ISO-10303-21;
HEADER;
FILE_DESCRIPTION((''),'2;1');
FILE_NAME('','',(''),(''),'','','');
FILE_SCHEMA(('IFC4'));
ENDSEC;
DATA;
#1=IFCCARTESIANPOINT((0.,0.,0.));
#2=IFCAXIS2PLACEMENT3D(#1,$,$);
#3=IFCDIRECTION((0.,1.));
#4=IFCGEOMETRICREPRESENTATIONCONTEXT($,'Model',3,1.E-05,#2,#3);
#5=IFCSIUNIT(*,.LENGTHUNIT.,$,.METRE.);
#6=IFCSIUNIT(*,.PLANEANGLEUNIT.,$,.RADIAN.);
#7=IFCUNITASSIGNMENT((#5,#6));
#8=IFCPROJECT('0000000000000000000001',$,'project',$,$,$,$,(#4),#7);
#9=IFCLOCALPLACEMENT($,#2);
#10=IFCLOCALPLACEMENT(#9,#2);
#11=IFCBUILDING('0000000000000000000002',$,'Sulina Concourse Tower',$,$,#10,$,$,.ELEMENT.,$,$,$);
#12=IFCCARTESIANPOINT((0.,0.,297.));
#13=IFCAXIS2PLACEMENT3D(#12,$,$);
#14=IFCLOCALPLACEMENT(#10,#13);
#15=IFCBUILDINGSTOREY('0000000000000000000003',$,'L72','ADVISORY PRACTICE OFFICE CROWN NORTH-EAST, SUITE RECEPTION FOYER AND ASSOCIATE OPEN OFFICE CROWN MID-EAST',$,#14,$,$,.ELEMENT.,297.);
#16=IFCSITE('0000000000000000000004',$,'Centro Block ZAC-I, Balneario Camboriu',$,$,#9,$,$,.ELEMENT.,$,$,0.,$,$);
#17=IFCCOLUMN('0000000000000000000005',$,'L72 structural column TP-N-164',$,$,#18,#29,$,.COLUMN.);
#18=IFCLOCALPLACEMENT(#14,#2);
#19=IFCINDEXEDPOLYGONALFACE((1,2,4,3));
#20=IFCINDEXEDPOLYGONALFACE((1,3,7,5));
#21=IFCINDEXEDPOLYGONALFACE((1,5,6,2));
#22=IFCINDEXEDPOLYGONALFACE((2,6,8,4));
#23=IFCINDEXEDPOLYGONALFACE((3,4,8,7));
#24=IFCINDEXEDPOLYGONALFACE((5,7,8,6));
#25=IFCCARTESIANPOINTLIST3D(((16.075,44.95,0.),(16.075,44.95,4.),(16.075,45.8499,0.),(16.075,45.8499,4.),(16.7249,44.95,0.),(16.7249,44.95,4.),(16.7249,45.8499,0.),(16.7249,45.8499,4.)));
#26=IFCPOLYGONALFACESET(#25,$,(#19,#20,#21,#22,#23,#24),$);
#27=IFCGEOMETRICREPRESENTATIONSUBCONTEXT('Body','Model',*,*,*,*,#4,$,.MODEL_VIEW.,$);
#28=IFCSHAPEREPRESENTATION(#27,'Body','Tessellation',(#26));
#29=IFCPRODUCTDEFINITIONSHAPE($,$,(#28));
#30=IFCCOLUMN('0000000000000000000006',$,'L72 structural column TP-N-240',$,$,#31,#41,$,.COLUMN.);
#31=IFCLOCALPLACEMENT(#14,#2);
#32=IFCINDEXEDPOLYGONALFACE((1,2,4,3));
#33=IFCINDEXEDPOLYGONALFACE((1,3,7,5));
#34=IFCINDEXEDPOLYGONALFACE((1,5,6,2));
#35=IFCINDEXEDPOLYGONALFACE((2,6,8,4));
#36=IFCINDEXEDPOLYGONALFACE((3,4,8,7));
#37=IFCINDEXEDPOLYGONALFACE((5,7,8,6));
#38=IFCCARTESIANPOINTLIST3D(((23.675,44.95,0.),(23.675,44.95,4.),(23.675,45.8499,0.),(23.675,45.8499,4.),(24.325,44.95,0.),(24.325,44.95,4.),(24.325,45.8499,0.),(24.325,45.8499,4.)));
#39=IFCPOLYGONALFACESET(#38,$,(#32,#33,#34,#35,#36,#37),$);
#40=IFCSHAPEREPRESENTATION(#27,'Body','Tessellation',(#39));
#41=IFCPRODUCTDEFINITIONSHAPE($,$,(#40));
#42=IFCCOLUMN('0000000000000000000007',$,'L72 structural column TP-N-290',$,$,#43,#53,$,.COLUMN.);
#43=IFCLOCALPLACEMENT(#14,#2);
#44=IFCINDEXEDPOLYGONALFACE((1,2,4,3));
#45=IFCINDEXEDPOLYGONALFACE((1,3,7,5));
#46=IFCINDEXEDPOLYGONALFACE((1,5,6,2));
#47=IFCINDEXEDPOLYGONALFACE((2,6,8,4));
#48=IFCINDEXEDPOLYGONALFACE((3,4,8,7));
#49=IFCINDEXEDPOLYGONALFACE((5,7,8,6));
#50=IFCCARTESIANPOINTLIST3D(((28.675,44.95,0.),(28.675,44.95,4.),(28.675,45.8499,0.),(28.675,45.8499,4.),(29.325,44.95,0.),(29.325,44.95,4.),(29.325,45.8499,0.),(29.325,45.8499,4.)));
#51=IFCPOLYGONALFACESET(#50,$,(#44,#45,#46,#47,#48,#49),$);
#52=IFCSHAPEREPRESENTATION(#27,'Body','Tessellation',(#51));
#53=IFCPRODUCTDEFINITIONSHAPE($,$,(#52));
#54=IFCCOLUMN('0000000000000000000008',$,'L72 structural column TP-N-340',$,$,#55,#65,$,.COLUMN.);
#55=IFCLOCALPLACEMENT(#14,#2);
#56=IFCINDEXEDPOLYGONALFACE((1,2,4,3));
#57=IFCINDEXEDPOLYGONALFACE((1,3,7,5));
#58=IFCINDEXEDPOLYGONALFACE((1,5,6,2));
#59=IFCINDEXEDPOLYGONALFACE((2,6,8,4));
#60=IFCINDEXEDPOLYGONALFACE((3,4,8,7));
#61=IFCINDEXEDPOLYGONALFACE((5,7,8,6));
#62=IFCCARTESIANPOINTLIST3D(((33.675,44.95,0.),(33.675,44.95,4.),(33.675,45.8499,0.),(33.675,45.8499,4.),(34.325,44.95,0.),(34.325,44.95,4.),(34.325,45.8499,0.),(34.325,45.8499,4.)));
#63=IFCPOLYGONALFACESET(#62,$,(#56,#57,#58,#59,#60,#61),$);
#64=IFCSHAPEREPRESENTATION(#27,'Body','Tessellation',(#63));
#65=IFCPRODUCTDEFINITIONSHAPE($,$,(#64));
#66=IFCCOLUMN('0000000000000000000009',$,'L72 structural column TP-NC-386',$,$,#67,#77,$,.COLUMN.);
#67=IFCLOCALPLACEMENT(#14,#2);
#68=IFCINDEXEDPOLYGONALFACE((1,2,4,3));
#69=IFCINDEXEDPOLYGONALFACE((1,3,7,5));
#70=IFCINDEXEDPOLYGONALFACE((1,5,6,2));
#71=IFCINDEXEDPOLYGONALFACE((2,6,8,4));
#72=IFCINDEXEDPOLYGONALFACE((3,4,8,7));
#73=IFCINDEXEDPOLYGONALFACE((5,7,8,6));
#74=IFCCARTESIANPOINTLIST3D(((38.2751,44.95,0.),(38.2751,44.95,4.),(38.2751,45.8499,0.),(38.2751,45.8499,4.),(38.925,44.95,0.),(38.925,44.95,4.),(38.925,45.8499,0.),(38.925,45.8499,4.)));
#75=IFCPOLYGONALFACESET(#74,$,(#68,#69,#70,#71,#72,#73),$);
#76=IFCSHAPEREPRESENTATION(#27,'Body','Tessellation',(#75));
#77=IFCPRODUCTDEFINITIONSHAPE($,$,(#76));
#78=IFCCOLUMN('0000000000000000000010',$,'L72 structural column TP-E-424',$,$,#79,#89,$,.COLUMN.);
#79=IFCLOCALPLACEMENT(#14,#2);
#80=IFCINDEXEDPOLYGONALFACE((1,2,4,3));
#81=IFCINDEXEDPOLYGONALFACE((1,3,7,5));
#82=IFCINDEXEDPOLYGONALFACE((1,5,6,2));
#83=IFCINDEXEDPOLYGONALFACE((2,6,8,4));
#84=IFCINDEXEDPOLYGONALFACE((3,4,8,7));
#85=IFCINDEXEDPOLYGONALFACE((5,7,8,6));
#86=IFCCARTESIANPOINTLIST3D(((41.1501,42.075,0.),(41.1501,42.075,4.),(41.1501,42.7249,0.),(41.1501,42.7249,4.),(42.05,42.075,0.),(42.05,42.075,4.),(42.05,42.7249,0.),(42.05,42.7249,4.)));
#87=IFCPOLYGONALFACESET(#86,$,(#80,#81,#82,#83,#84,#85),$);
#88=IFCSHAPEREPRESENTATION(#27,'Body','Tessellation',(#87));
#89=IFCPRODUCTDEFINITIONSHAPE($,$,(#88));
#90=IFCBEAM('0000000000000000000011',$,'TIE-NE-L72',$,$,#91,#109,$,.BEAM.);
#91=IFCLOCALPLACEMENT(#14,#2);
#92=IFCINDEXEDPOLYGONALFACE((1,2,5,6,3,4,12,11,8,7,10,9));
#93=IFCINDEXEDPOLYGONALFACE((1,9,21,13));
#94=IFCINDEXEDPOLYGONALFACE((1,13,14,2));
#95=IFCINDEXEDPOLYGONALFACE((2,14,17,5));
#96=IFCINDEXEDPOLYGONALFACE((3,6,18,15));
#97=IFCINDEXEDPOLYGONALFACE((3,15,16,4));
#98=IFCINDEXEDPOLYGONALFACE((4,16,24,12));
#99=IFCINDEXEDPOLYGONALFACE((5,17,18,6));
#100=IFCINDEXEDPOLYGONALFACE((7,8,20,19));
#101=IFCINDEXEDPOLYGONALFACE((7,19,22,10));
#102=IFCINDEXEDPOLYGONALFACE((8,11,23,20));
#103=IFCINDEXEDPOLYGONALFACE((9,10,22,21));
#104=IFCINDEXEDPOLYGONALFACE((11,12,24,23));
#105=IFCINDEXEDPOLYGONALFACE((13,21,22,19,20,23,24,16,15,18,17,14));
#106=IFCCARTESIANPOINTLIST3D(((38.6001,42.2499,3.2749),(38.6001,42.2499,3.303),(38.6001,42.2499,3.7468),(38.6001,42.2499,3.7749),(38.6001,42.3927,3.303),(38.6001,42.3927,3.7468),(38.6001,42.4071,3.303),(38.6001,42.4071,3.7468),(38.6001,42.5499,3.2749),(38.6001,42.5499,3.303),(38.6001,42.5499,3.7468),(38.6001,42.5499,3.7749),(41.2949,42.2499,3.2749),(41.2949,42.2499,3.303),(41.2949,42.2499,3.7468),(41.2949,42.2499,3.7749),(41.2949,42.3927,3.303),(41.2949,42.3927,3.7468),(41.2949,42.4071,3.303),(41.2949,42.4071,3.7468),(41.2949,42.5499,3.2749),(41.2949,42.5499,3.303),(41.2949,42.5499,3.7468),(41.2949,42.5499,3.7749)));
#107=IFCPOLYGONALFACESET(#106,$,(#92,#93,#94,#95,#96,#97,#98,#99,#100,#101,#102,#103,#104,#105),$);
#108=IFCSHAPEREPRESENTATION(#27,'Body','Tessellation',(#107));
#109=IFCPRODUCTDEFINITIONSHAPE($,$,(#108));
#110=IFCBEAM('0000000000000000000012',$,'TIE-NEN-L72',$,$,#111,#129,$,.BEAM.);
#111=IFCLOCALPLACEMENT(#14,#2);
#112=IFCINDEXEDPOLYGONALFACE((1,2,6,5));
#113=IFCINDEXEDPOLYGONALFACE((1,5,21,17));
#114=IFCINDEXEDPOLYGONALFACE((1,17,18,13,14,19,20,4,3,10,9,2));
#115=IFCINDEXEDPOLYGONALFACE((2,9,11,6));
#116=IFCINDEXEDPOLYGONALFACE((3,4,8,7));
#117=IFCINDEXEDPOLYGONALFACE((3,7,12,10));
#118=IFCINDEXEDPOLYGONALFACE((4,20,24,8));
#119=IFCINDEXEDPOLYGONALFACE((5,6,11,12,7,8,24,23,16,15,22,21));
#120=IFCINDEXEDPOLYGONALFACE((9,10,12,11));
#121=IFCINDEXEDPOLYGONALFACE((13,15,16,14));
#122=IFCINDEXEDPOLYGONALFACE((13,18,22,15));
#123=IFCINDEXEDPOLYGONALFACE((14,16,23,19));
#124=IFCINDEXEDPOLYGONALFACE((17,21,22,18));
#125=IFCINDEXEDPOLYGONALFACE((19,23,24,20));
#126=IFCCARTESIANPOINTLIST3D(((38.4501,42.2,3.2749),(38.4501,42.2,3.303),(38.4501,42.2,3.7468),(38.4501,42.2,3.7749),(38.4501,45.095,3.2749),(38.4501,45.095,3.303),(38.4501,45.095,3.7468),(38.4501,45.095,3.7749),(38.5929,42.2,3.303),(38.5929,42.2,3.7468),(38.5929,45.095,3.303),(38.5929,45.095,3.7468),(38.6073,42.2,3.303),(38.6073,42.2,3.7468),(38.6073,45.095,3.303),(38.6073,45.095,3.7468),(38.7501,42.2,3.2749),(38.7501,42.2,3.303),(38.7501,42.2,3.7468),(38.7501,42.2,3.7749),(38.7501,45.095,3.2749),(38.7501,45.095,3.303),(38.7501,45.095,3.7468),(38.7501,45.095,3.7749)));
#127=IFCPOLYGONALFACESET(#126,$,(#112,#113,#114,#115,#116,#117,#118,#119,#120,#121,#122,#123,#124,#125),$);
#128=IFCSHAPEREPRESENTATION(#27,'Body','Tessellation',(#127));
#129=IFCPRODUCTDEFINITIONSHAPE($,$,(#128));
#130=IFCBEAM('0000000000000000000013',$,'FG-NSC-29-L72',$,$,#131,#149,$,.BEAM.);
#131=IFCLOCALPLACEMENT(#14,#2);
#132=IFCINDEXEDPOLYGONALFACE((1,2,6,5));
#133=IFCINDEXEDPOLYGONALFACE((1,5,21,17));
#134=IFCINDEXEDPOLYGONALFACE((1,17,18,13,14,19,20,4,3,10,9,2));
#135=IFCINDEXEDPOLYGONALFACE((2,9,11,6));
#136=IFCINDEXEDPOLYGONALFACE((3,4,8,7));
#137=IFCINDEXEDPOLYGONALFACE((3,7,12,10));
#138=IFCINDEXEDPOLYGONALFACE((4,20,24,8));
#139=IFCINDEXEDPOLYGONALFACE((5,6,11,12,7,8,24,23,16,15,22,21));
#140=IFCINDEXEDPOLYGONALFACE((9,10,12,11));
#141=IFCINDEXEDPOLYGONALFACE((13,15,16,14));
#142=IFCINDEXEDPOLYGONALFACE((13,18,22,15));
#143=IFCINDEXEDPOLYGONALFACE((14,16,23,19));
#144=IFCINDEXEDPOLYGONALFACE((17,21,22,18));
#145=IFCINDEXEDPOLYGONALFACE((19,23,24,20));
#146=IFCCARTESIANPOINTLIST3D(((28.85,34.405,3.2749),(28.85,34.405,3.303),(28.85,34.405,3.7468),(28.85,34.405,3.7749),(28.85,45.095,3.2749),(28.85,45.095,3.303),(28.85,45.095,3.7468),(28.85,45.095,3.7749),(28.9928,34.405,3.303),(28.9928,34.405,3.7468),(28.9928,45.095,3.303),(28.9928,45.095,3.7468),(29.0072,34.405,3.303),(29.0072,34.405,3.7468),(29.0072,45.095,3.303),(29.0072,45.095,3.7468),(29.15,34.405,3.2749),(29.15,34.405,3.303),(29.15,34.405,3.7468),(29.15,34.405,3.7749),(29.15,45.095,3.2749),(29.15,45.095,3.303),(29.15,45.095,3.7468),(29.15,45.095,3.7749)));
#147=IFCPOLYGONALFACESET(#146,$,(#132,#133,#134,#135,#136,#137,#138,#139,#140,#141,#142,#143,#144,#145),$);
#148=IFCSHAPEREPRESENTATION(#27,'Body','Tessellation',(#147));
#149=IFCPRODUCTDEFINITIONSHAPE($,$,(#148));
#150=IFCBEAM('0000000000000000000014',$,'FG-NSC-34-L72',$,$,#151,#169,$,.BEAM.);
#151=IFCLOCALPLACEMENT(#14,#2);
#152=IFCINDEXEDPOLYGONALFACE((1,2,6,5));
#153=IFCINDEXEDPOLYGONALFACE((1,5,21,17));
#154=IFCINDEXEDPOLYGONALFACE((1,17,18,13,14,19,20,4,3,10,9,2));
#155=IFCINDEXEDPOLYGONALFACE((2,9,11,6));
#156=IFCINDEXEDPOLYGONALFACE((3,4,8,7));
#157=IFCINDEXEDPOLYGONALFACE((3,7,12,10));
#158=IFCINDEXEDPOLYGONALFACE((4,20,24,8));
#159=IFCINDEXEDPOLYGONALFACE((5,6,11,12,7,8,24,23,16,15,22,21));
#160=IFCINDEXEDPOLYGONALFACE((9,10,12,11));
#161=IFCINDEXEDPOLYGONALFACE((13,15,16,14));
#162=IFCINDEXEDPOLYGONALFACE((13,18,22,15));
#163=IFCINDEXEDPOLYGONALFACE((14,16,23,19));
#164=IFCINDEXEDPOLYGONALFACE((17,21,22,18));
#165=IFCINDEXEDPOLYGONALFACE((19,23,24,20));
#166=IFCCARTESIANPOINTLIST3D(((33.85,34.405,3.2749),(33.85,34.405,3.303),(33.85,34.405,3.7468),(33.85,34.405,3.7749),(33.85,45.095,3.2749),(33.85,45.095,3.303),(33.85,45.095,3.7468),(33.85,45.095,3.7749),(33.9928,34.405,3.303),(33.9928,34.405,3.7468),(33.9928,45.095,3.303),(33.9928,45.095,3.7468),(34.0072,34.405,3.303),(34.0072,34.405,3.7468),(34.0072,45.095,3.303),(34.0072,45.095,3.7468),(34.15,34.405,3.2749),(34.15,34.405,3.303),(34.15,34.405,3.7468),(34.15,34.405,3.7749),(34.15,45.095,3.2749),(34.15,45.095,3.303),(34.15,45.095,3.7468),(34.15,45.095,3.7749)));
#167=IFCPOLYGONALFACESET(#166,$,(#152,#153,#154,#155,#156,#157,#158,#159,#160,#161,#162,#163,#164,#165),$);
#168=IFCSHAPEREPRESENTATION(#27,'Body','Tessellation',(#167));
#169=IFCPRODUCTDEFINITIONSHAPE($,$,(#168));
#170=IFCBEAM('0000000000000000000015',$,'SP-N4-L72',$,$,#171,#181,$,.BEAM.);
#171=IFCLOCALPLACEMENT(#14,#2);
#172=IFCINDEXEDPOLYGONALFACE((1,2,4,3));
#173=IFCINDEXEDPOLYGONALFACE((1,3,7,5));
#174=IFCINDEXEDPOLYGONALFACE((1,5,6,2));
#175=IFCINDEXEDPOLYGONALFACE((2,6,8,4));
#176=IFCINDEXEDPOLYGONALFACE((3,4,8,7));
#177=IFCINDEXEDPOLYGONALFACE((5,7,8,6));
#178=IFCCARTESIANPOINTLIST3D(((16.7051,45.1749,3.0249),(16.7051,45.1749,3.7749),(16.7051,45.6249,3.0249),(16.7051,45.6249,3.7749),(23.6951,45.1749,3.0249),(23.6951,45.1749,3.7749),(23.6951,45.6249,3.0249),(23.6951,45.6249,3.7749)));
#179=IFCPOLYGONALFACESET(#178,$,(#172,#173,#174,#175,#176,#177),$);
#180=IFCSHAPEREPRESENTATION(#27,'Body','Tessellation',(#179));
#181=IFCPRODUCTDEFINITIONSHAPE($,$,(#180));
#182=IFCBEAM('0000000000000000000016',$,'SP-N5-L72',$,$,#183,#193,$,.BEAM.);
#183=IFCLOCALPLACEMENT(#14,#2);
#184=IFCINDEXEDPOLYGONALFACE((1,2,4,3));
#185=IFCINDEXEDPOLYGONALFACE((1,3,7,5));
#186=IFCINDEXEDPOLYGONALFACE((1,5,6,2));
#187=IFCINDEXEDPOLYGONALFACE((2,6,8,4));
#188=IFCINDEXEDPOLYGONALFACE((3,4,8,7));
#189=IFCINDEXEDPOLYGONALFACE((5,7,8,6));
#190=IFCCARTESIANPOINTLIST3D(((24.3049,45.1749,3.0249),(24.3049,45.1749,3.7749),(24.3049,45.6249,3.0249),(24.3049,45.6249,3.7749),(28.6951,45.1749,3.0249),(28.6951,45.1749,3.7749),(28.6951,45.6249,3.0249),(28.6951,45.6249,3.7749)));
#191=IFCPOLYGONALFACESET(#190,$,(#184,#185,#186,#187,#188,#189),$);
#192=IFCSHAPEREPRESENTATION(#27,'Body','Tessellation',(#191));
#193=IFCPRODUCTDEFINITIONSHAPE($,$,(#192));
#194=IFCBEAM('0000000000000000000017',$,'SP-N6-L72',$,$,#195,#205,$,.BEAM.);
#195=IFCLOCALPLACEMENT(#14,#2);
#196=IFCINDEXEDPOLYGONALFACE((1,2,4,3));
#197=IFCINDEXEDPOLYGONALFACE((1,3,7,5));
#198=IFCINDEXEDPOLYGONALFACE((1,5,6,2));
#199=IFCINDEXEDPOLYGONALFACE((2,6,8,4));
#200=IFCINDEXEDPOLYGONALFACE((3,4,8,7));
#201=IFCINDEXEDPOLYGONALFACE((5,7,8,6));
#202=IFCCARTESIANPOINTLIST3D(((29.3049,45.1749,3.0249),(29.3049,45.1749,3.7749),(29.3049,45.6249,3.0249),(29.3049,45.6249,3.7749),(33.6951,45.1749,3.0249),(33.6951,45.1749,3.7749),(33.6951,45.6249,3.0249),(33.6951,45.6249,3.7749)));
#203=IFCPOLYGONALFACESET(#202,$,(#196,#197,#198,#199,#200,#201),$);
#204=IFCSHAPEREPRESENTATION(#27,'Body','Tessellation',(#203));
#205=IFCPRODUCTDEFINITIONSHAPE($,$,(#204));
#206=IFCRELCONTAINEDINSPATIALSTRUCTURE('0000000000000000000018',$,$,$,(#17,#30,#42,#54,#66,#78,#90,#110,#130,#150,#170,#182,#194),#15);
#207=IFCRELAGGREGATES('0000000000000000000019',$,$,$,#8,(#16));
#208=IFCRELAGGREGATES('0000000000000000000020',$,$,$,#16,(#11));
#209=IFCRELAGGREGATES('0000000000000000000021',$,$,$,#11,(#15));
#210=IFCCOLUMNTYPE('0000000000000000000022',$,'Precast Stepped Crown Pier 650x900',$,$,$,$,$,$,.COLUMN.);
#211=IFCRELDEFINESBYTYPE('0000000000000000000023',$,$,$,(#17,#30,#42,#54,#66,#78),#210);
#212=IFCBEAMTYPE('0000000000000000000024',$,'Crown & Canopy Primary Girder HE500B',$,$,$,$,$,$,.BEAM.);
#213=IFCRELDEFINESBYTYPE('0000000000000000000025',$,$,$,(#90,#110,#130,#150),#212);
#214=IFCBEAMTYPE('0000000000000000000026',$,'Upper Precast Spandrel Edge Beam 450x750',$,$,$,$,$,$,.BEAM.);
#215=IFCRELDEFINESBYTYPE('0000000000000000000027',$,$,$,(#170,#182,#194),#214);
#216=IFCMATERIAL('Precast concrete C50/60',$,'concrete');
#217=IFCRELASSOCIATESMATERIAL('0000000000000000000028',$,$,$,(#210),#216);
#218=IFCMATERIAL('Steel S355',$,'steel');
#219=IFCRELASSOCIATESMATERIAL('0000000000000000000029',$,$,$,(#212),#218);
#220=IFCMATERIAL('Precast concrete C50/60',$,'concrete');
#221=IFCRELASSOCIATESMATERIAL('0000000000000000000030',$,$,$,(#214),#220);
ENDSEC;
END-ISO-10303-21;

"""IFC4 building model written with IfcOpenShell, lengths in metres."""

from ifc_helpers import new_model, si_unit, direction, frame, origin, origin_2d, place, context, subcontext, project, spatial, rectangle, i_section, extrude, material, material_profile, profile_set, type_object, element, save


model = new_model("IFC4")

# Units and contexts
model_context = context("Model", 3, precision=1e-05, world=origin(), true_north=direction((0.0, 1.0)))
body_context = subcontext(model_context, "Body", "Model", "MODEL_VIEW")
ifc_project = project(units=[si_unit("LENGTHUNIT", "METRE"), si_unit("PLANEANGLEUNIT", "RADIAN")], contexts=[model_context])

# Site, building, storey
site_placement = place(None, origin())
site = spatial("IfcSite", under=ifc_project, at=site_placement, Name="Centro Block ZAC-I, Balneario Camboriu", CompositionType="ELEMENT", RefElevation=0.0)
building_placement = place(site_placement, origin())
building = spatial("IfcBuilding", under=site, at=building_placement, Name="Sulina Concourse Tower", CompositionType="ELEMENT")
storey_placement = place(building_placement, frame((0.0, 0.0, 297.0)))
storey = spatial("IfcBuildingStorey", under=building, at=storey_placement, Name="L72", Description="ADVISORY PRACTICE OFFICE CROWN NORTH-EAST, SUITE RECEPTION FOYER AND ASSOCIATE OPEN OFFICE CROWN MID-EAST", CompositionType="ELEMENT", Elevation=297.0)

# Columns
ifc_material_1 = material(Name="Precast concrete C50/60", Category="concrete")
ifc_material_profile_1 = material_profile(ifc_material_1, rectangle(XDim=0.6499, YDim=0.8999, at=origin_2d()), Name="PC 650x900")
ifc_profile_set_1 = profile_set([ifc_material_profile_1], Name="Precast concrete C50/60")
column_type = type_object("IfcColumnType", Name="Precast Stepped Crown Pier 650x900", PredefinedType="COLUMN", material=ifc_profile_set_1)
for number, where, z_axis, x_axis, name in (
    (1, (16.3999, 45.3999, 0.0), (0.0, 0.0, 1.0), (1.0, 0.0, 0.0), "L72 structural column TP-N-164"),
    (2, (24.0, 45.3999, 0.0), (0.0, 0.0, 1.0), (1.0, 0.0, 0.0), "L72 structural column TP-N-240"),
    (3, (29.0, 45.3999, 0.0), (0.0, 0.0, 1.0), (1.0, 0.0, 0.0), "L72 structural column TP-N-290"),
    (4, (34.0, 45.3999, 0.0), (0.0, 0.0, 1.0), (1.0, 0.0, 0.0), "L72 structural column TP-N-340"),
    (5, (38.6001, 45.3999, 0.0), (0.0, 0.0, 1.0), (1.0, 0.0, 0.0), "L72 structural column TP-NC-386"),
    (6, (41.6001, 42.3999, 0.0), (0.0, 0.0, 1.0), (0.0, 1.0, 0.0), "L72 structural column TP-E-424"),
):
    element("IfcColumn", number, at=place(storey_placement, frame(where, z_axis=z_axis, x_axis=x_axis)), inside=storey, type_object=column_type, Name=name, PredefinedType="COLUMN", context=body_context, shape_type="SweptSolid", body=[
        extrude(rectangle(XDim=0.6499, YDim=0.8999, at=origin_2d()), origin(), (0.0, 0.0, 1.0), 4.0),
    ])

# Beams
ifc_material_2 = material(Name="Steel S355", Category="steel")
ifc_material_profile_2 = material_profile(ifc_material_2, i_section(OverallWidth=0.3, OverallDepth=0.5, WebThickness=0.0144, FlangeThickness=0.0281, at=origin_2d()), Name="HE 500 B")
ifc_profile_set_2 = profile_set([ifc_material_profile_2], Name="Steel S355")
beam_type_1 = type_object("IfcBeamType", Name="Crown & Canopy Primary Girder HE500B", PredefinedType="BEAM", material=ifc_profile_set_2)
beam_1_placement = place(storey_placement, frame((38.6001, 42.3999, 3.5249), z_axis=(1.0, 0.0, 0.0), x_axis=(0.0, 1.0, 0.0)))
element("IfcBeam", 7, at=beam_1_placement, inside=storey, type_object=beam_type_1, Name="TIE-NE-L72", PredefinedType="BEAM", context=body_context, shape_type="SweptSolid", body=[
    extrude(i_section(OverallWidth=0.3, OverallDepth=0.5, WebThickness=0.0144, FlangeThickness=0.0281, at=origin_2d()), origin(), (0.0, 0.0, 1.0), 2.6948),
])
beam_2_placement = place(storey_placement, frame((38.6001, 42.2, 3.5249), z_axis=(0.0, 1.0, 0.0), x_axis=(-1.0, 0.0, 0.0)))
element("IfcBeam", 8, at=beam_2_placement, inside=storey, type_object=beam_type_1, Name="TIE-NEN-L72", PredefinedType="BEAM", context=body_context, shape_type="SweptSolid", body=[
    extrude(i_section(OverallWidth=0.3, OverallDepth=0.5, WebThickness=0.0144, FlangeThickness=0.0281, at=origin_2d()), origin(), (0.0, 0.0, 1.0), 2.895),
])
for number, where, z_axis, x_axis, name in (
    (9, (29.0, 34.405, 3.5249), (0.0, 1.0, 0.0), (-1.0, 0.0, 0.0), "FG-NSC-29-L72"),
    (10, (34.0, 34.405, 3.5249), (0.0, 1.0, 0.0), (-1.0, 0.0, 0.0), "FG-NSC-34-L72"),
):
    element("IfcBeam", number, at=place(storey_placement, frame(where, z_axis=z_axis, x_axis=x_axis)), inside=storey, type_object=beam_type_1, Name=name, PredefinedType="BEAM", context=body_context, shape_type="SweptSolid", body=[
        extrude(i_section(OverallWidth=0.3, OverallDepth=0.5, WebThickness=0.0144, FlangeThickness=0.0281, at=origin_2d()), origin(), (0.0, 0.0, 1.0), 10.6899),
    ])
ifc_material_3 = material(Name="Precast concrete C50/60", Category="concrete")
ifc_material_profile_3 = material_profile(ifc_material_3, rectangle(XDim=0.45, YDim=0.75, at=origin_2d()), Name="RC 450x750")
ifc_profile_set_3 = profile_set([ifc_material_profile_3], Name="Precast concrete C50/60")
beam_type_2 = type_object("IfcBeamType", Name="Upper Precast Spandrel Edge Beam 450x750", PredefinedType="BEAM", material=ifc_profile_set_3)
beam_3_placement = place(storey_placement, frame((16.7051, 45.3999, 3.3999), z_axis=(1.0, 0.0, 0.0), x_axis=(0.0, 1.0, 0.0)))
element("IfcBeam", 11, at=beam_3_placement, inside=storey, type_object=beam_type_2, Name="SP-N4-L72", PredefinedType="BEAM", context=body_context, shape_type="SweptSolid", body=[
    extrude(rectangle(XDim=0.45, YDim=0.75, at=origin_2d()), origin(), (0.0, 0.0, 1.0), 6.99),
])
for number, where, z_axis, x_axis, name in (
    (12, (24.3049, 45.3999, 3.3999), (1.0, 0.0, 0.0), (0.0, 1.0, 0.0), "SP-N5-L72"),
    (13, (29.3049, 45.3999, 3.3999), (1.0, 0.0, 0.0), (0.0, 1.0, 0.0), "SP-N6-L72"),
):
    element("IfcBeam", number, at=place(storey_placement, frame(where, z_axis=z_axis, x_axis=x_axis)), inside=storey, type_object=beam_type_2, Name=name, PredefinedType="BEAM", context=body_context, shape_type="SweptSolid", body=[
        extrude(rectangle(XDim=0.45, YDim=0.75, at=origin_2d()), origin(), (0.0, 0.0, 1.0), 4.3901),
    ])

save(model, "model.ifc")
